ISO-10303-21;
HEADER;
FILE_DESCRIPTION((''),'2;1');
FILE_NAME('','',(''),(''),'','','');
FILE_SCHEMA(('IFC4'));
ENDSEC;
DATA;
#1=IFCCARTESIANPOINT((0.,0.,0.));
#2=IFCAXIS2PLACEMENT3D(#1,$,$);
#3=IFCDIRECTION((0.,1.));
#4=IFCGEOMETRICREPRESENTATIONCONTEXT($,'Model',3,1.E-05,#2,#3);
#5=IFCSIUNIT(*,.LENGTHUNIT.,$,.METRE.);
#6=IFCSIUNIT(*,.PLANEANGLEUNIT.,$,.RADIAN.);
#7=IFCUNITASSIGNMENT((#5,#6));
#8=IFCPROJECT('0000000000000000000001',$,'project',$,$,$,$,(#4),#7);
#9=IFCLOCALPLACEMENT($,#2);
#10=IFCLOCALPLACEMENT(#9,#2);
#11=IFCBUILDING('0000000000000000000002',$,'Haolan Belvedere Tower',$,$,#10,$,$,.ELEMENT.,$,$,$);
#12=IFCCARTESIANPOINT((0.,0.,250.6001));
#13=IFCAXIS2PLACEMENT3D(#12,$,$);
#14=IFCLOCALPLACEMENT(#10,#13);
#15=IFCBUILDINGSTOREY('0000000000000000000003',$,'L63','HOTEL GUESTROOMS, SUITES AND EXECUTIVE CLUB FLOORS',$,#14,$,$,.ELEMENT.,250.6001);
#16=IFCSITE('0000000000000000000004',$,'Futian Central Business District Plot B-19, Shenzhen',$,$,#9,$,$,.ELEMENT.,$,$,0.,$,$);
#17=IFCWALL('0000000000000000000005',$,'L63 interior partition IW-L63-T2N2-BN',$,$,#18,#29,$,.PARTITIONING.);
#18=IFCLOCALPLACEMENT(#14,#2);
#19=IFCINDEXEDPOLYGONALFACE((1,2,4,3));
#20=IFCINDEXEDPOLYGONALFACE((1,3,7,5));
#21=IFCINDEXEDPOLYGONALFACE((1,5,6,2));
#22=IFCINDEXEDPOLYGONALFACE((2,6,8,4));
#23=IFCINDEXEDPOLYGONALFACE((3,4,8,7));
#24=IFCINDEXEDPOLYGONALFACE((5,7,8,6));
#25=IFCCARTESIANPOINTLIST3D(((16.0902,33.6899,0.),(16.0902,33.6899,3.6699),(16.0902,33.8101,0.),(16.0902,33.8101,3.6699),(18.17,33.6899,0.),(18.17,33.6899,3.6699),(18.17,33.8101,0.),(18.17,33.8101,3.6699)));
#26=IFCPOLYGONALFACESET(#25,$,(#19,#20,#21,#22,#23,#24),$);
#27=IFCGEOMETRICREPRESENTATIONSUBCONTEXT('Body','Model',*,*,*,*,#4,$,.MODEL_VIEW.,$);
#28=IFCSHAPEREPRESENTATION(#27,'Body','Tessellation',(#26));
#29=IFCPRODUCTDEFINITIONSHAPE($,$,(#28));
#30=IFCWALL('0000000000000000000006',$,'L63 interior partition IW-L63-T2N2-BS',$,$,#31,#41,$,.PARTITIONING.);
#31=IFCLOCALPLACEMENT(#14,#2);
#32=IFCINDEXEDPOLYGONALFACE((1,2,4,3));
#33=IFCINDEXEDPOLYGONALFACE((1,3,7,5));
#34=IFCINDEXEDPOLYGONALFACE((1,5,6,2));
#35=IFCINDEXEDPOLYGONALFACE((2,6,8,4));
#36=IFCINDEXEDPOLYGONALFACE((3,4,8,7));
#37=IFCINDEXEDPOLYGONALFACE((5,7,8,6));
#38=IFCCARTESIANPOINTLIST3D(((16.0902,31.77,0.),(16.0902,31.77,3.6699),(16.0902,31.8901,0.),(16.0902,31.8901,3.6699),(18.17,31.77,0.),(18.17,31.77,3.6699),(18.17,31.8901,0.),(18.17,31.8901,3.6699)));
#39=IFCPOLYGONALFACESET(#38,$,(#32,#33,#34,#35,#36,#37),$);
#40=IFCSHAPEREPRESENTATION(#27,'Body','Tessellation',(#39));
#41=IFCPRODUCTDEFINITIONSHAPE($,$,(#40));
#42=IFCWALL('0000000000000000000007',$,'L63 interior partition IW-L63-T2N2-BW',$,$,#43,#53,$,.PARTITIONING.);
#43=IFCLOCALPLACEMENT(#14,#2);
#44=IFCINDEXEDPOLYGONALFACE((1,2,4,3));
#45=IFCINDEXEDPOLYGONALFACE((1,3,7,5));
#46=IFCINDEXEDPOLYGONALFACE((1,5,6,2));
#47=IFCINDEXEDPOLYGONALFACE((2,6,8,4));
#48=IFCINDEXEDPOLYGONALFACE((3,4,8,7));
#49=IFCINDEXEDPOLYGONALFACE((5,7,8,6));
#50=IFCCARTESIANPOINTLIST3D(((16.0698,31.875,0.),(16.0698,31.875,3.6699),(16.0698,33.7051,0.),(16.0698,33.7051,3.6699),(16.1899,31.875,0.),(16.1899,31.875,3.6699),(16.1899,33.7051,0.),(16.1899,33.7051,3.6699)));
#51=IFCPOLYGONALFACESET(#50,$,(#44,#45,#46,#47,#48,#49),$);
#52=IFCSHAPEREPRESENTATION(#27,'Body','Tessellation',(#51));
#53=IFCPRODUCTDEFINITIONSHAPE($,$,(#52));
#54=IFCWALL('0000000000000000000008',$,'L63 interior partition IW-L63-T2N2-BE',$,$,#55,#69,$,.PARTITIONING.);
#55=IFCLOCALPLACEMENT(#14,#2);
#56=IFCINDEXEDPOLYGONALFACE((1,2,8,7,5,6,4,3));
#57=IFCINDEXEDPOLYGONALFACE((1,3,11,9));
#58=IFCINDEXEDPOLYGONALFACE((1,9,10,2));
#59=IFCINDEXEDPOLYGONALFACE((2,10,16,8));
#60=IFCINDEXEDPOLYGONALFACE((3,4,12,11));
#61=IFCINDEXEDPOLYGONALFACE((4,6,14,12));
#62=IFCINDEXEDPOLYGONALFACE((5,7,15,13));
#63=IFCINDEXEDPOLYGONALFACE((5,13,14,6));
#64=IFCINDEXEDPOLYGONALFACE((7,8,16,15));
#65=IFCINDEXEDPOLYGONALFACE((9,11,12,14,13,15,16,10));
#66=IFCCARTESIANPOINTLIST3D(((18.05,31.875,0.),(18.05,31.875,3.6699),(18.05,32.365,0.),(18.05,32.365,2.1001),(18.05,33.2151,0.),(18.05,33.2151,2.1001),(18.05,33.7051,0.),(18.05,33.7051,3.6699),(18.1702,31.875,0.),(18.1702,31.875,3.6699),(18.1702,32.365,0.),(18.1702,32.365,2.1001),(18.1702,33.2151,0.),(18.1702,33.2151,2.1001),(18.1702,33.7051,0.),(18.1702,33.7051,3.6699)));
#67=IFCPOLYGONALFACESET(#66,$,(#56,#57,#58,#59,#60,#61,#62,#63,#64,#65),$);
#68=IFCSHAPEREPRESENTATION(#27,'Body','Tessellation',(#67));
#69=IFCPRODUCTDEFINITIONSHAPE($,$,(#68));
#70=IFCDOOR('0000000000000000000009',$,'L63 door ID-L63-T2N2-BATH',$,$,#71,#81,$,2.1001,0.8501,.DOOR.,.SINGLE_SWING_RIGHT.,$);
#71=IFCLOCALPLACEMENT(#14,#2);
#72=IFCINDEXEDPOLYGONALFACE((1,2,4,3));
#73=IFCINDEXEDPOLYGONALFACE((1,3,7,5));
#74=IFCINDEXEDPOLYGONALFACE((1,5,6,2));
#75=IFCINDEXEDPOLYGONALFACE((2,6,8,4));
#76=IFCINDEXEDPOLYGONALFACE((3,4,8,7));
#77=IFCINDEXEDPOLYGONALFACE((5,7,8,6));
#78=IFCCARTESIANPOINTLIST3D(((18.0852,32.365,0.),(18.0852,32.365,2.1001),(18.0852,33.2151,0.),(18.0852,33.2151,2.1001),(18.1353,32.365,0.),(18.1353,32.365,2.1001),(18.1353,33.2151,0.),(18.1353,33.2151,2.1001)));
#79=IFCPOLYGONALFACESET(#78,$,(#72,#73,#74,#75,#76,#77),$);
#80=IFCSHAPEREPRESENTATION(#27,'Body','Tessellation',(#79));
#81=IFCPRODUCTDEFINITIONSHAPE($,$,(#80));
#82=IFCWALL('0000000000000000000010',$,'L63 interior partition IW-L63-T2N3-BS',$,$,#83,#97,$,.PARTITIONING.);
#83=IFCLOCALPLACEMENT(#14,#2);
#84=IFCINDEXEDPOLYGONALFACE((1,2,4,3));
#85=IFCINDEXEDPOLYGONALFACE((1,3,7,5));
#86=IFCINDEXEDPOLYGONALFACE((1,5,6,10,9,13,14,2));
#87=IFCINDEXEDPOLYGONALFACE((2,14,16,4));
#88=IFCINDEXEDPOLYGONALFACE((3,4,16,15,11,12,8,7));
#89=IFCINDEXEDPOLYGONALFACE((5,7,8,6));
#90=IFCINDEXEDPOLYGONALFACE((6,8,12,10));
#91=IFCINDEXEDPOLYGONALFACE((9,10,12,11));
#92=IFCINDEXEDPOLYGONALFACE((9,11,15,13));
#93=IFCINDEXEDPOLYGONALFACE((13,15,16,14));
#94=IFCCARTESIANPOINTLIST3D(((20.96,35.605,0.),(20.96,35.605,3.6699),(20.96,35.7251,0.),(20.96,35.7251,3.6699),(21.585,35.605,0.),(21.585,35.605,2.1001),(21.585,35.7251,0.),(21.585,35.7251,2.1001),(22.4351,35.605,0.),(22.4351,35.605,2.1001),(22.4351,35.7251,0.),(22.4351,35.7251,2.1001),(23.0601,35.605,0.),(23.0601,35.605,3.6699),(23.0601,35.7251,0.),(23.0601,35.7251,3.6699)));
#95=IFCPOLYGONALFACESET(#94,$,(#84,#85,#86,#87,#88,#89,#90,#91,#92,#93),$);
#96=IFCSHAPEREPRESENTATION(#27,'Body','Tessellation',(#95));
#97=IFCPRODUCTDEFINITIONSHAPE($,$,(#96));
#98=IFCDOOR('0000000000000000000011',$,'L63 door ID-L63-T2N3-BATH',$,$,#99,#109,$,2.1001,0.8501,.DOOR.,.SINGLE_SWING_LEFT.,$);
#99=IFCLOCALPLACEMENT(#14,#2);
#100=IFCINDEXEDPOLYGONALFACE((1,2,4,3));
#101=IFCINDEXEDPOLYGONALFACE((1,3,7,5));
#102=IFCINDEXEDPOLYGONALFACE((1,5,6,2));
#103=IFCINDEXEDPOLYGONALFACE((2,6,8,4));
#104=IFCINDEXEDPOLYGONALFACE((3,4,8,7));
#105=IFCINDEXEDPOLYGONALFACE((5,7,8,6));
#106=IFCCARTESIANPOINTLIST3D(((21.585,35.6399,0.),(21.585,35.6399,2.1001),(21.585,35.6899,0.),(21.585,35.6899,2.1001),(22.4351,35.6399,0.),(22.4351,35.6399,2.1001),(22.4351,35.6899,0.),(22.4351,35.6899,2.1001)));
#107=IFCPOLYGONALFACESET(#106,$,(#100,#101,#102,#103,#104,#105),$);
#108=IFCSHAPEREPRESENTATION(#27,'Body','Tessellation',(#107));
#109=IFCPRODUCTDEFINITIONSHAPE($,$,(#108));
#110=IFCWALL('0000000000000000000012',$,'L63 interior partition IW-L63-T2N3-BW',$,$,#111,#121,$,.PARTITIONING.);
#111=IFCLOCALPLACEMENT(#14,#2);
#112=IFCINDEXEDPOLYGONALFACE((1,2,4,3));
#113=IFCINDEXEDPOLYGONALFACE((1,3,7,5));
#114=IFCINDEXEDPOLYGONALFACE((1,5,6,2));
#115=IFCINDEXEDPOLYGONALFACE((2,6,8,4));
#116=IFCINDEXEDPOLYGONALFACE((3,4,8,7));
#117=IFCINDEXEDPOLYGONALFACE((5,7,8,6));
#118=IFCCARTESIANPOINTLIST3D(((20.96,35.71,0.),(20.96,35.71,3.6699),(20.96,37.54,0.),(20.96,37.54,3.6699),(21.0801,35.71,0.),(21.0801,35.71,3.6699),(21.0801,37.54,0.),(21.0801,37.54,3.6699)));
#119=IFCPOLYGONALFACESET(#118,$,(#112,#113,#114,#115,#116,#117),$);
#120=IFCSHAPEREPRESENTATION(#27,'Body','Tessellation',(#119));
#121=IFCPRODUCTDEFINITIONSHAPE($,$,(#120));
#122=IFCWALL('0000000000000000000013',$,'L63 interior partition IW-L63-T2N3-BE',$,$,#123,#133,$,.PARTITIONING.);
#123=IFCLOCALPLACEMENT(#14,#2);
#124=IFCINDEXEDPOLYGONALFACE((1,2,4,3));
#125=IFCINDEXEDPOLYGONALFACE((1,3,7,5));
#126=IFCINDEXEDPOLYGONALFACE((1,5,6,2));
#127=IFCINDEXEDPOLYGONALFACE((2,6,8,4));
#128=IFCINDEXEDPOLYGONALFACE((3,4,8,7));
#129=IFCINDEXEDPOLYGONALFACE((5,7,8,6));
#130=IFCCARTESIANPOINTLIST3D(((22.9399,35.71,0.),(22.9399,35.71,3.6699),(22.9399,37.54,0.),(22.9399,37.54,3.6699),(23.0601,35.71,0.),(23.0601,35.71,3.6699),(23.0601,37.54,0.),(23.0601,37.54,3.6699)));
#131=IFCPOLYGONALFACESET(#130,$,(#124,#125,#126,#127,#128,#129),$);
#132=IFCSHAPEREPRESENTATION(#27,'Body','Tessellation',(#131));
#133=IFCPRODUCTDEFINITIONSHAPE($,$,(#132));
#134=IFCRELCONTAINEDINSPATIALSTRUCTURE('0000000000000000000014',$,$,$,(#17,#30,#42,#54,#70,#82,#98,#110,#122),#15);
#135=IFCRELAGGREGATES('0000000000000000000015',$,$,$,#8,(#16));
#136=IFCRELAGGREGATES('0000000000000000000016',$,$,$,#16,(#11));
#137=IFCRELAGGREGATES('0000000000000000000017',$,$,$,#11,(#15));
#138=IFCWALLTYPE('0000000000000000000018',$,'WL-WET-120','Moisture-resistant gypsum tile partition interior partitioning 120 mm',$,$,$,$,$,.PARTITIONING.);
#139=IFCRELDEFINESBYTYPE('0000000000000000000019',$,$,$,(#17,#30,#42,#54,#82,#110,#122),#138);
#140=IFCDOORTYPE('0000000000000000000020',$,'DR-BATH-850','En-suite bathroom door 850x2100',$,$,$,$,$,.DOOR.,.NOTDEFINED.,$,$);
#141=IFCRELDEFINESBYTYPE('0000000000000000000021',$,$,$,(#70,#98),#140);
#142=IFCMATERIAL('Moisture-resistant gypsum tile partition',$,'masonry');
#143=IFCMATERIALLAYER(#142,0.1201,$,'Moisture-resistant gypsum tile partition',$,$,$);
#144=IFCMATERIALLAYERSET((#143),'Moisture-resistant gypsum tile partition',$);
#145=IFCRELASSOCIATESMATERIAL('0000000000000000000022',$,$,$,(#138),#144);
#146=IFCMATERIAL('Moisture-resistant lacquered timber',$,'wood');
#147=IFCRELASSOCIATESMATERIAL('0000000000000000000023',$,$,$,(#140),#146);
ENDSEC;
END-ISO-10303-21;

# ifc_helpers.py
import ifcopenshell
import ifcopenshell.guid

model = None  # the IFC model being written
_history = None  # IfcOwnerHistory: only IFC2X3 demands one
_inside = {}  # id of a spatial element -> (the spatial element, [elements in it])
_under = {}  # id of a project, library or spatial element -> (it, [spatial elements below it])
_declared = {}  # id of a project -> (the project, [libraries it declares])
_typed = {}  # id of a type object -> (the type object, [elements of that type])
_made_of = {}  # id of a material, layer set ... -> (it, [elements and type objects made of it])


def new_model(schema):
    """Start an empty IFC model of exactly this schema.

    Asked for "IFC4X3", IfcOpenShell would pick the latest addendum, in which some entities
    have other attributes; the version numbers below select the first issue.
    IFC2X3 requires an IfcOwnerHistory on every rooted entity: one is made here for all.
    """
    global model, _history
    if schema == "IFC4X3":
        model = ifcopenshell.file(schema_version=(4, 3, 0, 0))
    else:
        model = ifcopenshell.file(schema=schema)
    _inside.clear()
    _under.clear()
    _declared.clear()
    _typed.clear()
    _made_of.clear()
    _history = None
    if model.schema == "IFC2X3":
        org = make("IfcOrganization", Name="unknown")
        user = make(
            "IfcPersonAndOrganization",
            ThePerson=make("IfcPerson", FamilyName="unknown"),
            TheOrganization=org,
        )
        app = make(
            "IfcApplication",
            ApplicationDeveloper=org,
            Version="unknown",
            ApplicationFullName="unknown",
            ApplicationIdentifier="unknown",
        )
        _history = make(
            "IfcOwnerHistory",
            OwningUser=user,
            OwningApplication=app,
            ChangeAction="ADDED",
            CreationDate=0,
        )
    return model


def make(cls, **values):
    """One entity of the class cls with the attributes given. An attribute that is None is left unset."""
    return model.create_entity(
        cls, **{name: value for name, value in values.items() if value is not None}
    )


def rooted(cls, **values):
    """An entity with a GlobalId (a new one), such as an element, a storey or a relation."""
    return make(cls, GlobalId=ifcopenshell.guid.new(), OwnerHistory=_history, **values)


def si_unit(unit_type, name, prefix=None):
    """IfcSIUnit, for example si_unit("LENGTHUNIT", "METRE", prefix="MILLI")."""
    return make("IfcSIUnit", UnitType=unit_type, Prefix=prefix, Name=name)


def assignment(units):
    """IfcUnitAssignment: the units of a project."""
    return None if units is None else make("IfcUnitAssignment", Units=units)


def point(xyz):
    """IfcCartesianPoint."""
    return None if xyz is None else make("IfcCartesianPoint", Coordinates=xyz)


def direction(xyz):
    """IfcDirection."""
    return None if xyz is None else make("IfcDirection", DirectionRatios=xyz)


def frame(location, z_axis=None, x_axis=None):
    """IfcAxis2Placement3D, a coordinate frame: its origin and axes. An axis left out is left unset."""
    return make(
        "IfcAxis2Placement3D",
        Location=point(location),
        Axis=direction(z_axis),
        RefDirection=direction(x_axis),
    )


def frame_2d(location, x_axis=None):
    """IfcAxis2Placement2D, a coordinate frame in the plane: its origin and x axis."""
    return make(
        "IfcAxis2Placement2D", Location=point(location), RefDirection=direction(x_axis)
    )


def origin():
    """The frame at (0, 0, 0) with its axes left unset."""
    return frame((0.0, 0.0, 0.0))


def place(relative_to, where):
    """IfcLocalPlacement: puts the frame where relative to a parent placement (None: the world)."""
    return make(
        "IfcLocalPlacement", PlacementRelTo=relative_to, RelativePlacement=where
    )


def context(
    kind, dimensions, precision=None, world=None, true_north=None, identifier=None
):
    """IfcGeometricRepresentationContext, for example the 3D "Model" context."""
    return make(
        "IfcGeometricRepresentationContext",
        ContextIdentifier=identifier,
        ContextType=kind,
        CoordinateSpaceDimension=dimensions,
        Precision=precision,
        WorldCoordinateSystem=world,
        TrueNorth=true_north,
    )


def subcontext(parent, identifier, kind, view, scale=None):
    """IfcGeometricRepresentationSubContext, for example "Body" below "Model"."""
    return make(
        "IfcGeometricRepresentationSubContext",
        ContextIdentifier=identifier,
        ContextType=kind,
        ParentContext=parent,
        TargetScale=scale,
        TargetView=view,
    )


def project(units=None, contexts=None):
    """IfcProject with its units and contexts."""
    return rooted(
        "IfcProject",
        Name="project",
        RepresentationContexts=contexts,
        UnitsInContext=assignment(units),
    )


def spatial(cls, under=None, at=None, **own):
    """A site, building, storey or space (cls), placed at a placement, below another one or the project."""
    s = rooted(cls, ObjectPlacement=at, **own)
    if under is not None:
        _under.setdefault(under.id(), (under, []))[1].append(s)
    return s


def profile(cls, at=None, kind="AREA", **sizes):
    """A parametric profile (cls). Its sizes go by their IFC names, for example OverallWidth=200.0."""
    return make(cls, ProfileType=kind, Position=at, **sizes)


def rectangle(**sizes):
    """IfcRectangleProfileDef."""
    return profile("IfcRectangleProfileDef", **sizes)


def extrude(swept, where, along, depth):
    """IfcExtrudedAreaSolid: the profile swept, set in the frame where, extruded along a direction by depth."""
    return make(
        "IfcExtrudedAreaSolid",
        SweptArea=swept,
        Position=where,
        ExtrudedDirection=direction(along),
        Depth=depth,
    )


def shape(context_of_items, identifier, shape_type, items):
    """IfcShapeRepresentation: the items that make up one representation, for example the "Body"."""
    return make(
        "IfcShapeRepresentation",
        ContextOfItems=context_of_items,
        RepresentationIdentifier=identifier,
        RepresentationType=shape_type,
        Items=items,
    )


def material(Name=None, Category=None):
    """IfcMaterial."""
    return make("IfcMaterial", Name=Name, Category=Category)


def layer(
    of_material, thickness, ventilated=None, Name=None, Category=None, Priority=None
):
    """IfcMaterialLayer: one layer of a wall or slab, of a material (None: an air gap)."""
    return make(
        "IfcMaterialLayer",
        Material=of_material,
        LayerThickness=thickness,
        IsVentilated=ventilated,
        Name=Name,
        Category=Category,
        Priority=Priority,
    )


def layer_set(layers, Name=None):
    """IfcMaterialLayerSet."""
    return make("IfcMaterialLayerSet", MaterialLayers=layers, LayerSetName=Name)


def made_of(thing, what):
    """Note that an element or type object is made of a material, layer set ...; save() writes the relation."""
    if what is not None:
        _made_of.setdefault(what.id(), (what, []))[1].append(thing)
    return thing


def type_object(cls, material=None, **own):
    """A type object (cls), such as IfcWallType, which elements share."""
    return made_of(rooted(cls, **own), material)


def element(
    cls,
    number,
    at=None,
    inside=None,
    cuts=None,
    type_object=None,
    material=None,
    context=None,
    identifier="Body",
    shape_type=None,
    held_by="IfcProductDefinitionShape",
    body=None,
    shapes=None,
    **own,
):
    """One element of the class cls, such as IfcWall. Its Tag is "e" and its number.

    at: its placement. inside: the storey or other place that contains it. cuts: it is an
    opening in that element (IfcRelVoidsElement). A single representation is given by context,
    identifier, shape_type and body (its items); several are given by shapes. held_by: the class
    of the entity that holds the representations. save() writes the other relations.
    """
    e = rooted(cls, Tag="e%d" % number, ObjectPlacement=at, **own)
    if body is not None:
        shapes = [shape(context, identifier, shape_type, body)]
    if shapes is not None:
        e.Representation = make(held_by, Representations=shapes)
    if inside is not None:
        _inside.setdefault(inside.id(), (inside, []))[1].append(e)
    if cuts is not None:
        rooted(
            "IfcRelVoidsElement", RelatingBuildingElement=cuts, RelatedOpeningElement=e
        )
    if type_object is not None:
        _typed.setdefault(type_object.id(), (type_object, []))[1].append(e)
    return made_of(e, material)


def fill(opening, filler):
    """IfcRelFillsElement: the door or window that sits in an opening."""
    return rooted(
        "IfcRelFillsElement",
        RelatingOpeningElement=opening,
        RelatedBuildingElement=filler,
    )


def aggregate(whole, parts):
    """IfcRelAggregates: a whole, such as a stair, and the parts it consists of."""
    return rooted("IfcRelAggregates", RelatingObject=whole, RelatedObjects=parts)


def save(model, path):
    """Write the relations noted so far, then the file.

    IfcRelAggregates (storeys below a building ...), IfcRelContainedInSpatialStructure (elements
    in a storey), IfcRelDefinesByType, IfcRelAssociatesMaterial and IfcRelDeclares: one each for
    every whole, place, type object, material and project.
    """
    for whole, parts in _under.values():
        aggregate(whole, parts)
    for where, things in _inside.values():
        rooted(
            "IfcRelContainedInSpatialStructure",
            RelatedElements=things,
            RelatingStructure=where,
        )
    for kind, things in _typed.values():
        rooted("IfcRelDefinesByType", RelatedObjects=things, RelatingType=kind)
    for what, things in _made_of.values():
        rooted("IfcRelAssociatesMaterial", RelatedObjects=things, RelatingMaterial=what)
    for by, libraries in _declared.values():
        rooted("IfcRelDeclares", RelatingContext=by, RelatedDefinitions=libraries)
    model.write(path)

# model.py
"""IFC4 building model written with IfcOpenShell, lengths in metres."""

from ifc_helpers import new_model, si_unit, direction, frame, frame_2d, origin, place, context, subcontext, project, spatial, rectangle, extrude, material, layer, layer_set, type_object, element, fill, save


model = new_model("IFC4")

# Units and contexts
model_context = context("Model", 3, precision=1e-05, world=origin(), true_north=direction((0.0, 1.0)))
body_context = subcontext(model_context, "Body", "Model", "MODEL_VIEW")
ifc_project = project(units=[si_unit("LENGTHUNIT", "METRE"), si_unit("PLANEANGLEUNIT", "RADIAN")], contexts=[model_context])

# Site, building, storey
site_placement = place(None, origin())
site = spatial("IfcSite", under=ifc_project, at=site_placement, Name="Futian Central Business District Plot B-19, Shenzhen", CompositionType="ELEMENT", RefElevation=0.0)
building_placement = place(site_placement, origin())
building = spatial("IfcBuilding", under=site, at=building_placement, Name="Haolan Belvedere Tower", CompositionType="ELEMENT")
storey_placement = place(building_placement, frame((0.0, 0.0, 250.6001)))
storey = spatial("IfcBuildingStorey", under=building, at=storey_placement, Name="L63", Description="HOTEL GUESTROOMS, SUITES AND EXECUTIVE CLUB FLOORS", CompositionType="ELEMENT", Elevation=250.6001)

# Shared definitions
ifc_material_1 = material(Name="Moisture-resistant gypsum tile partition", Category="masonry")
ifc_layer_1 = layer(ifc_material_1, 0.1201, Name="Moisture-resistant gypsum tile partition")
ifc_layer_set_1 = layer_set([ifc_layer_1], Name="Moisture-resistant gypsum tile partition")
wall_type_1 = type_object("IfcWallType", Name="WL-WET-120", Description="Moisture-resistant gypsum tile partition interior partitioning 120 mm", PredefinedType="PARTITIONING", material=ifc_layer_set_1)

# Shared definitions
ifc_material_2 = material(Name="Moisture-resistant lacquered timber", Category="wood")
door_type = type_object("IfcDoorType", Name="DR-BATH-850", Description="En-suite bathroom door 850x2100", OperationType="NOTDEFINED", PredefinedType="DOOR", material=ifc_material_2)

# Walls
for number, where, z_axis, x_axis, name in (
    (1, (16.0901, 33.75, 0.0), (0.0, 0.0, 1.0), (1.0, 0.0, 0.0), "L63 interior partition IW-L63-T2N2-BN"),
    (2, (16.0901, 31.8301, 0.0), (0.0, 0.0, 1.0), (1.0, 0.0, 0.0), "L63 interior partition IW-L63-T2N2-BS"),
):
    element("IfcWall", number, at=place(storey_placement, frame(where, z_axis=z_axis, x_axis=x_axis)), inside=storey, type_object=wall_type_1, Name=name, PredefinedType="PARTITIONING", context=body_context, shape_type="SweptSolid", body=[
        extrude(rectangle(XDim=2.0798, YDim=0.1201, at=frame_2d((1.04, 0.0))), origin(), (0.0, 0.0, 1.0), 3.6699),
    ])
wall_1_placement = place(storey_placement, frame((16.1299, 31.875, 0.0), z_axis=(0.0, 0.0, 1.0), x_axis=(0.0, 1.0, 0.0)))
element("IfcWall", 3, at=wall_1_placement, inside=storey, type_object=wall_type_1, Name="L63 interior partition IW-L63-T2N2-BW", PredefinedType="PARTITIONING", context=body_context, shape_type="SweptSolid", body=[
    extrude(rectangle(XDim=1.8301, YDim=0.1201, at=frame_2d((0.915, 0.0))), origin(), (0.0, 0.0, 1.0), 3.6699),
])

# Walls, openings, doors
wall_2_placement = place(storey_placement, frame((18.1101, 31.875, 0.0), z_axis=(0.0, 0.0, 1.0), x_axis=(0.0, 1.0, 0.0)))
wall_2 = element("IfcWall", 4, at=wall_2_placement, inside=storey, type_object=wall_type_1, Name="L63 interior partition IW-L63-T2N2-BE", PredefinedType="PARTITIONING", context=body_context, shape_type="SweptSolid", body=[
    extrude(rectangle(XDim=1.8301, YDim=0.1201, at=frame_2d((0.915, 0.0))), origin(), (0.0, 0.0, 1.0), 3.6699),
])
opening_1_placement = place(wall_2_placement, frame((0.49, 0.0, 0.0)))
opening_1 = element("IfcOpeningElement", 5, at=opening_1_placement, cuts=wall_2, PredefinedType="OPENING", context=body_context, shape_type="SweptSolid", body=[
    extrude(rectangle(XDim=0.8501, YDim=2.1001, at=frame_2d((0.425, 1.05))), frame((0.0, 0.0701, 0.0), z_axis=(0.0, -1.0, 0.0), x_axis=(1.0, 0.0, 0.0)), (0.0, 0.0, 1.0), 0.1401),
])
door_1_placement = place(opening_1_placement, origin())
door_1 = element("IfcDoor", 6, at=door_1_placement, inside=storey, type_object=door_type, Name="L63 door ID-L63-T2N2-BATH", OperationType="SINGLE_SWING_RIGHT", OverallHeight=2.1001, OverallWidth=0.8501, PredefinedType="DOOR", context=body_context, shape_type="SweptSolid", body=[
    extrude(rectangle(XDim=0.8501, YDim=2.1001, at=frame_2d((0.425, 1.05))), frame((0.0, 0.0249, 0.0), z_axis=(0.0, -1.0, 0.0), x_axis=(1.0, 0.0, 0.0)), (0.0, 0.0, 1.0), 0.05),
])
fill(opening_1, door_1)
wall_3_placement = place(storey_placement, frame((20.96, 35.665, 0.0), z_axis=(0.0, 0.0, 1.0), x_axis=(1.0, 0.0, 0.0)))
wall_3 = element("IfcWall", 7, at=wall_3_placement, inside=storey, type_object=wall_type_1, Name="L63 interior partition IW-L63-T2N3-BS", PredefinedType="PARTITIONING", context=body_context, shape_type="SweptSolid", body=[
    extrude(rectangle(XDim=2.1001, YDim=0.1201, at=frame_2d((1.05, 0.0))), origin(), (0.0, 0.0, 1.0), 3.6699),
])
opening_2_placement = place(wall_3_placement, frame((0.625, 0.0, 0.0)))
opening_2 = element("IfcOpeningElement", 8, at=opening_2_placement, cuts=wall_3, PredefinedType="OPENING", context=body_context, shape_type="SweptSolid", body=[
    extrude(rectangle(XDim=0.8501, YDim=2.1001, at=frame_2d((0.425, 1.05))), frame((0.0, 0.0701, 0.0), z_axis=(0.0, -1.0, 0.0), x_axis=(1.0, 0.0, 0.0)), (0.0, 0.0, 1.0), 0.1401),
])
door_2_placement = place(opening_2_placement, origin())
door_2 = element("IfcDoor", 9, at=door_2_placement, inside=storey, type_object=door_type, Name="L63 door ID-L63-T2N3-BATH", OperationType="SINGLE_SWING_LEFT", OverallHeight=2.1001, OverallWidth=0.8501, PredefinedType="DOOR", context=body_context, shape_type="SweptSolid", body=[
    extrude(rectangle(XDim=0.8501, YDim=2.1001, at=frame_2d((0.425, 1.05))), frame((0.0, 0.0249, 0.0), z_axis=(0.0, -1.0, 0.0), x_axis=(1.0, 0.0, 0.0)), (0.0, 0.0, 1.0), 0.05),
])
fill(opening_2, door_2)

# Walls
for number, where, z_axis, x_axis, name in (
    (10, (21.02, 35.71, 0.0), (0.0, 0.0, 1.0), (0.0, 1.0, 0.0), "L63 interior partition IW-L63-T2N3-BW"),
    (11, (23.0, 35.71, 0.0), (0.0, 0.0, 1.0), (0.0, 1.0, 0.0), "L63 interior partition IW-L63-T2N3-BE"),
):
    element("IfcWall", number, at=place(storey_placement, frame(where, z_axis=z_axis, x_axis=x_axis)), inside=storey, type_object=wall_type_1, Name=name, PredefinedType="PARTITIONING", context=body_context, shape_type="SweptSolid", body=[
        extrude(rectangle(XDim=1.8301, YDim=0.1201, at=frame_2d((0.915, 0.0))), origin(), (0.0, 0.0, 1.0), 3.6699),
    ])

save(model, "model.ifc")
